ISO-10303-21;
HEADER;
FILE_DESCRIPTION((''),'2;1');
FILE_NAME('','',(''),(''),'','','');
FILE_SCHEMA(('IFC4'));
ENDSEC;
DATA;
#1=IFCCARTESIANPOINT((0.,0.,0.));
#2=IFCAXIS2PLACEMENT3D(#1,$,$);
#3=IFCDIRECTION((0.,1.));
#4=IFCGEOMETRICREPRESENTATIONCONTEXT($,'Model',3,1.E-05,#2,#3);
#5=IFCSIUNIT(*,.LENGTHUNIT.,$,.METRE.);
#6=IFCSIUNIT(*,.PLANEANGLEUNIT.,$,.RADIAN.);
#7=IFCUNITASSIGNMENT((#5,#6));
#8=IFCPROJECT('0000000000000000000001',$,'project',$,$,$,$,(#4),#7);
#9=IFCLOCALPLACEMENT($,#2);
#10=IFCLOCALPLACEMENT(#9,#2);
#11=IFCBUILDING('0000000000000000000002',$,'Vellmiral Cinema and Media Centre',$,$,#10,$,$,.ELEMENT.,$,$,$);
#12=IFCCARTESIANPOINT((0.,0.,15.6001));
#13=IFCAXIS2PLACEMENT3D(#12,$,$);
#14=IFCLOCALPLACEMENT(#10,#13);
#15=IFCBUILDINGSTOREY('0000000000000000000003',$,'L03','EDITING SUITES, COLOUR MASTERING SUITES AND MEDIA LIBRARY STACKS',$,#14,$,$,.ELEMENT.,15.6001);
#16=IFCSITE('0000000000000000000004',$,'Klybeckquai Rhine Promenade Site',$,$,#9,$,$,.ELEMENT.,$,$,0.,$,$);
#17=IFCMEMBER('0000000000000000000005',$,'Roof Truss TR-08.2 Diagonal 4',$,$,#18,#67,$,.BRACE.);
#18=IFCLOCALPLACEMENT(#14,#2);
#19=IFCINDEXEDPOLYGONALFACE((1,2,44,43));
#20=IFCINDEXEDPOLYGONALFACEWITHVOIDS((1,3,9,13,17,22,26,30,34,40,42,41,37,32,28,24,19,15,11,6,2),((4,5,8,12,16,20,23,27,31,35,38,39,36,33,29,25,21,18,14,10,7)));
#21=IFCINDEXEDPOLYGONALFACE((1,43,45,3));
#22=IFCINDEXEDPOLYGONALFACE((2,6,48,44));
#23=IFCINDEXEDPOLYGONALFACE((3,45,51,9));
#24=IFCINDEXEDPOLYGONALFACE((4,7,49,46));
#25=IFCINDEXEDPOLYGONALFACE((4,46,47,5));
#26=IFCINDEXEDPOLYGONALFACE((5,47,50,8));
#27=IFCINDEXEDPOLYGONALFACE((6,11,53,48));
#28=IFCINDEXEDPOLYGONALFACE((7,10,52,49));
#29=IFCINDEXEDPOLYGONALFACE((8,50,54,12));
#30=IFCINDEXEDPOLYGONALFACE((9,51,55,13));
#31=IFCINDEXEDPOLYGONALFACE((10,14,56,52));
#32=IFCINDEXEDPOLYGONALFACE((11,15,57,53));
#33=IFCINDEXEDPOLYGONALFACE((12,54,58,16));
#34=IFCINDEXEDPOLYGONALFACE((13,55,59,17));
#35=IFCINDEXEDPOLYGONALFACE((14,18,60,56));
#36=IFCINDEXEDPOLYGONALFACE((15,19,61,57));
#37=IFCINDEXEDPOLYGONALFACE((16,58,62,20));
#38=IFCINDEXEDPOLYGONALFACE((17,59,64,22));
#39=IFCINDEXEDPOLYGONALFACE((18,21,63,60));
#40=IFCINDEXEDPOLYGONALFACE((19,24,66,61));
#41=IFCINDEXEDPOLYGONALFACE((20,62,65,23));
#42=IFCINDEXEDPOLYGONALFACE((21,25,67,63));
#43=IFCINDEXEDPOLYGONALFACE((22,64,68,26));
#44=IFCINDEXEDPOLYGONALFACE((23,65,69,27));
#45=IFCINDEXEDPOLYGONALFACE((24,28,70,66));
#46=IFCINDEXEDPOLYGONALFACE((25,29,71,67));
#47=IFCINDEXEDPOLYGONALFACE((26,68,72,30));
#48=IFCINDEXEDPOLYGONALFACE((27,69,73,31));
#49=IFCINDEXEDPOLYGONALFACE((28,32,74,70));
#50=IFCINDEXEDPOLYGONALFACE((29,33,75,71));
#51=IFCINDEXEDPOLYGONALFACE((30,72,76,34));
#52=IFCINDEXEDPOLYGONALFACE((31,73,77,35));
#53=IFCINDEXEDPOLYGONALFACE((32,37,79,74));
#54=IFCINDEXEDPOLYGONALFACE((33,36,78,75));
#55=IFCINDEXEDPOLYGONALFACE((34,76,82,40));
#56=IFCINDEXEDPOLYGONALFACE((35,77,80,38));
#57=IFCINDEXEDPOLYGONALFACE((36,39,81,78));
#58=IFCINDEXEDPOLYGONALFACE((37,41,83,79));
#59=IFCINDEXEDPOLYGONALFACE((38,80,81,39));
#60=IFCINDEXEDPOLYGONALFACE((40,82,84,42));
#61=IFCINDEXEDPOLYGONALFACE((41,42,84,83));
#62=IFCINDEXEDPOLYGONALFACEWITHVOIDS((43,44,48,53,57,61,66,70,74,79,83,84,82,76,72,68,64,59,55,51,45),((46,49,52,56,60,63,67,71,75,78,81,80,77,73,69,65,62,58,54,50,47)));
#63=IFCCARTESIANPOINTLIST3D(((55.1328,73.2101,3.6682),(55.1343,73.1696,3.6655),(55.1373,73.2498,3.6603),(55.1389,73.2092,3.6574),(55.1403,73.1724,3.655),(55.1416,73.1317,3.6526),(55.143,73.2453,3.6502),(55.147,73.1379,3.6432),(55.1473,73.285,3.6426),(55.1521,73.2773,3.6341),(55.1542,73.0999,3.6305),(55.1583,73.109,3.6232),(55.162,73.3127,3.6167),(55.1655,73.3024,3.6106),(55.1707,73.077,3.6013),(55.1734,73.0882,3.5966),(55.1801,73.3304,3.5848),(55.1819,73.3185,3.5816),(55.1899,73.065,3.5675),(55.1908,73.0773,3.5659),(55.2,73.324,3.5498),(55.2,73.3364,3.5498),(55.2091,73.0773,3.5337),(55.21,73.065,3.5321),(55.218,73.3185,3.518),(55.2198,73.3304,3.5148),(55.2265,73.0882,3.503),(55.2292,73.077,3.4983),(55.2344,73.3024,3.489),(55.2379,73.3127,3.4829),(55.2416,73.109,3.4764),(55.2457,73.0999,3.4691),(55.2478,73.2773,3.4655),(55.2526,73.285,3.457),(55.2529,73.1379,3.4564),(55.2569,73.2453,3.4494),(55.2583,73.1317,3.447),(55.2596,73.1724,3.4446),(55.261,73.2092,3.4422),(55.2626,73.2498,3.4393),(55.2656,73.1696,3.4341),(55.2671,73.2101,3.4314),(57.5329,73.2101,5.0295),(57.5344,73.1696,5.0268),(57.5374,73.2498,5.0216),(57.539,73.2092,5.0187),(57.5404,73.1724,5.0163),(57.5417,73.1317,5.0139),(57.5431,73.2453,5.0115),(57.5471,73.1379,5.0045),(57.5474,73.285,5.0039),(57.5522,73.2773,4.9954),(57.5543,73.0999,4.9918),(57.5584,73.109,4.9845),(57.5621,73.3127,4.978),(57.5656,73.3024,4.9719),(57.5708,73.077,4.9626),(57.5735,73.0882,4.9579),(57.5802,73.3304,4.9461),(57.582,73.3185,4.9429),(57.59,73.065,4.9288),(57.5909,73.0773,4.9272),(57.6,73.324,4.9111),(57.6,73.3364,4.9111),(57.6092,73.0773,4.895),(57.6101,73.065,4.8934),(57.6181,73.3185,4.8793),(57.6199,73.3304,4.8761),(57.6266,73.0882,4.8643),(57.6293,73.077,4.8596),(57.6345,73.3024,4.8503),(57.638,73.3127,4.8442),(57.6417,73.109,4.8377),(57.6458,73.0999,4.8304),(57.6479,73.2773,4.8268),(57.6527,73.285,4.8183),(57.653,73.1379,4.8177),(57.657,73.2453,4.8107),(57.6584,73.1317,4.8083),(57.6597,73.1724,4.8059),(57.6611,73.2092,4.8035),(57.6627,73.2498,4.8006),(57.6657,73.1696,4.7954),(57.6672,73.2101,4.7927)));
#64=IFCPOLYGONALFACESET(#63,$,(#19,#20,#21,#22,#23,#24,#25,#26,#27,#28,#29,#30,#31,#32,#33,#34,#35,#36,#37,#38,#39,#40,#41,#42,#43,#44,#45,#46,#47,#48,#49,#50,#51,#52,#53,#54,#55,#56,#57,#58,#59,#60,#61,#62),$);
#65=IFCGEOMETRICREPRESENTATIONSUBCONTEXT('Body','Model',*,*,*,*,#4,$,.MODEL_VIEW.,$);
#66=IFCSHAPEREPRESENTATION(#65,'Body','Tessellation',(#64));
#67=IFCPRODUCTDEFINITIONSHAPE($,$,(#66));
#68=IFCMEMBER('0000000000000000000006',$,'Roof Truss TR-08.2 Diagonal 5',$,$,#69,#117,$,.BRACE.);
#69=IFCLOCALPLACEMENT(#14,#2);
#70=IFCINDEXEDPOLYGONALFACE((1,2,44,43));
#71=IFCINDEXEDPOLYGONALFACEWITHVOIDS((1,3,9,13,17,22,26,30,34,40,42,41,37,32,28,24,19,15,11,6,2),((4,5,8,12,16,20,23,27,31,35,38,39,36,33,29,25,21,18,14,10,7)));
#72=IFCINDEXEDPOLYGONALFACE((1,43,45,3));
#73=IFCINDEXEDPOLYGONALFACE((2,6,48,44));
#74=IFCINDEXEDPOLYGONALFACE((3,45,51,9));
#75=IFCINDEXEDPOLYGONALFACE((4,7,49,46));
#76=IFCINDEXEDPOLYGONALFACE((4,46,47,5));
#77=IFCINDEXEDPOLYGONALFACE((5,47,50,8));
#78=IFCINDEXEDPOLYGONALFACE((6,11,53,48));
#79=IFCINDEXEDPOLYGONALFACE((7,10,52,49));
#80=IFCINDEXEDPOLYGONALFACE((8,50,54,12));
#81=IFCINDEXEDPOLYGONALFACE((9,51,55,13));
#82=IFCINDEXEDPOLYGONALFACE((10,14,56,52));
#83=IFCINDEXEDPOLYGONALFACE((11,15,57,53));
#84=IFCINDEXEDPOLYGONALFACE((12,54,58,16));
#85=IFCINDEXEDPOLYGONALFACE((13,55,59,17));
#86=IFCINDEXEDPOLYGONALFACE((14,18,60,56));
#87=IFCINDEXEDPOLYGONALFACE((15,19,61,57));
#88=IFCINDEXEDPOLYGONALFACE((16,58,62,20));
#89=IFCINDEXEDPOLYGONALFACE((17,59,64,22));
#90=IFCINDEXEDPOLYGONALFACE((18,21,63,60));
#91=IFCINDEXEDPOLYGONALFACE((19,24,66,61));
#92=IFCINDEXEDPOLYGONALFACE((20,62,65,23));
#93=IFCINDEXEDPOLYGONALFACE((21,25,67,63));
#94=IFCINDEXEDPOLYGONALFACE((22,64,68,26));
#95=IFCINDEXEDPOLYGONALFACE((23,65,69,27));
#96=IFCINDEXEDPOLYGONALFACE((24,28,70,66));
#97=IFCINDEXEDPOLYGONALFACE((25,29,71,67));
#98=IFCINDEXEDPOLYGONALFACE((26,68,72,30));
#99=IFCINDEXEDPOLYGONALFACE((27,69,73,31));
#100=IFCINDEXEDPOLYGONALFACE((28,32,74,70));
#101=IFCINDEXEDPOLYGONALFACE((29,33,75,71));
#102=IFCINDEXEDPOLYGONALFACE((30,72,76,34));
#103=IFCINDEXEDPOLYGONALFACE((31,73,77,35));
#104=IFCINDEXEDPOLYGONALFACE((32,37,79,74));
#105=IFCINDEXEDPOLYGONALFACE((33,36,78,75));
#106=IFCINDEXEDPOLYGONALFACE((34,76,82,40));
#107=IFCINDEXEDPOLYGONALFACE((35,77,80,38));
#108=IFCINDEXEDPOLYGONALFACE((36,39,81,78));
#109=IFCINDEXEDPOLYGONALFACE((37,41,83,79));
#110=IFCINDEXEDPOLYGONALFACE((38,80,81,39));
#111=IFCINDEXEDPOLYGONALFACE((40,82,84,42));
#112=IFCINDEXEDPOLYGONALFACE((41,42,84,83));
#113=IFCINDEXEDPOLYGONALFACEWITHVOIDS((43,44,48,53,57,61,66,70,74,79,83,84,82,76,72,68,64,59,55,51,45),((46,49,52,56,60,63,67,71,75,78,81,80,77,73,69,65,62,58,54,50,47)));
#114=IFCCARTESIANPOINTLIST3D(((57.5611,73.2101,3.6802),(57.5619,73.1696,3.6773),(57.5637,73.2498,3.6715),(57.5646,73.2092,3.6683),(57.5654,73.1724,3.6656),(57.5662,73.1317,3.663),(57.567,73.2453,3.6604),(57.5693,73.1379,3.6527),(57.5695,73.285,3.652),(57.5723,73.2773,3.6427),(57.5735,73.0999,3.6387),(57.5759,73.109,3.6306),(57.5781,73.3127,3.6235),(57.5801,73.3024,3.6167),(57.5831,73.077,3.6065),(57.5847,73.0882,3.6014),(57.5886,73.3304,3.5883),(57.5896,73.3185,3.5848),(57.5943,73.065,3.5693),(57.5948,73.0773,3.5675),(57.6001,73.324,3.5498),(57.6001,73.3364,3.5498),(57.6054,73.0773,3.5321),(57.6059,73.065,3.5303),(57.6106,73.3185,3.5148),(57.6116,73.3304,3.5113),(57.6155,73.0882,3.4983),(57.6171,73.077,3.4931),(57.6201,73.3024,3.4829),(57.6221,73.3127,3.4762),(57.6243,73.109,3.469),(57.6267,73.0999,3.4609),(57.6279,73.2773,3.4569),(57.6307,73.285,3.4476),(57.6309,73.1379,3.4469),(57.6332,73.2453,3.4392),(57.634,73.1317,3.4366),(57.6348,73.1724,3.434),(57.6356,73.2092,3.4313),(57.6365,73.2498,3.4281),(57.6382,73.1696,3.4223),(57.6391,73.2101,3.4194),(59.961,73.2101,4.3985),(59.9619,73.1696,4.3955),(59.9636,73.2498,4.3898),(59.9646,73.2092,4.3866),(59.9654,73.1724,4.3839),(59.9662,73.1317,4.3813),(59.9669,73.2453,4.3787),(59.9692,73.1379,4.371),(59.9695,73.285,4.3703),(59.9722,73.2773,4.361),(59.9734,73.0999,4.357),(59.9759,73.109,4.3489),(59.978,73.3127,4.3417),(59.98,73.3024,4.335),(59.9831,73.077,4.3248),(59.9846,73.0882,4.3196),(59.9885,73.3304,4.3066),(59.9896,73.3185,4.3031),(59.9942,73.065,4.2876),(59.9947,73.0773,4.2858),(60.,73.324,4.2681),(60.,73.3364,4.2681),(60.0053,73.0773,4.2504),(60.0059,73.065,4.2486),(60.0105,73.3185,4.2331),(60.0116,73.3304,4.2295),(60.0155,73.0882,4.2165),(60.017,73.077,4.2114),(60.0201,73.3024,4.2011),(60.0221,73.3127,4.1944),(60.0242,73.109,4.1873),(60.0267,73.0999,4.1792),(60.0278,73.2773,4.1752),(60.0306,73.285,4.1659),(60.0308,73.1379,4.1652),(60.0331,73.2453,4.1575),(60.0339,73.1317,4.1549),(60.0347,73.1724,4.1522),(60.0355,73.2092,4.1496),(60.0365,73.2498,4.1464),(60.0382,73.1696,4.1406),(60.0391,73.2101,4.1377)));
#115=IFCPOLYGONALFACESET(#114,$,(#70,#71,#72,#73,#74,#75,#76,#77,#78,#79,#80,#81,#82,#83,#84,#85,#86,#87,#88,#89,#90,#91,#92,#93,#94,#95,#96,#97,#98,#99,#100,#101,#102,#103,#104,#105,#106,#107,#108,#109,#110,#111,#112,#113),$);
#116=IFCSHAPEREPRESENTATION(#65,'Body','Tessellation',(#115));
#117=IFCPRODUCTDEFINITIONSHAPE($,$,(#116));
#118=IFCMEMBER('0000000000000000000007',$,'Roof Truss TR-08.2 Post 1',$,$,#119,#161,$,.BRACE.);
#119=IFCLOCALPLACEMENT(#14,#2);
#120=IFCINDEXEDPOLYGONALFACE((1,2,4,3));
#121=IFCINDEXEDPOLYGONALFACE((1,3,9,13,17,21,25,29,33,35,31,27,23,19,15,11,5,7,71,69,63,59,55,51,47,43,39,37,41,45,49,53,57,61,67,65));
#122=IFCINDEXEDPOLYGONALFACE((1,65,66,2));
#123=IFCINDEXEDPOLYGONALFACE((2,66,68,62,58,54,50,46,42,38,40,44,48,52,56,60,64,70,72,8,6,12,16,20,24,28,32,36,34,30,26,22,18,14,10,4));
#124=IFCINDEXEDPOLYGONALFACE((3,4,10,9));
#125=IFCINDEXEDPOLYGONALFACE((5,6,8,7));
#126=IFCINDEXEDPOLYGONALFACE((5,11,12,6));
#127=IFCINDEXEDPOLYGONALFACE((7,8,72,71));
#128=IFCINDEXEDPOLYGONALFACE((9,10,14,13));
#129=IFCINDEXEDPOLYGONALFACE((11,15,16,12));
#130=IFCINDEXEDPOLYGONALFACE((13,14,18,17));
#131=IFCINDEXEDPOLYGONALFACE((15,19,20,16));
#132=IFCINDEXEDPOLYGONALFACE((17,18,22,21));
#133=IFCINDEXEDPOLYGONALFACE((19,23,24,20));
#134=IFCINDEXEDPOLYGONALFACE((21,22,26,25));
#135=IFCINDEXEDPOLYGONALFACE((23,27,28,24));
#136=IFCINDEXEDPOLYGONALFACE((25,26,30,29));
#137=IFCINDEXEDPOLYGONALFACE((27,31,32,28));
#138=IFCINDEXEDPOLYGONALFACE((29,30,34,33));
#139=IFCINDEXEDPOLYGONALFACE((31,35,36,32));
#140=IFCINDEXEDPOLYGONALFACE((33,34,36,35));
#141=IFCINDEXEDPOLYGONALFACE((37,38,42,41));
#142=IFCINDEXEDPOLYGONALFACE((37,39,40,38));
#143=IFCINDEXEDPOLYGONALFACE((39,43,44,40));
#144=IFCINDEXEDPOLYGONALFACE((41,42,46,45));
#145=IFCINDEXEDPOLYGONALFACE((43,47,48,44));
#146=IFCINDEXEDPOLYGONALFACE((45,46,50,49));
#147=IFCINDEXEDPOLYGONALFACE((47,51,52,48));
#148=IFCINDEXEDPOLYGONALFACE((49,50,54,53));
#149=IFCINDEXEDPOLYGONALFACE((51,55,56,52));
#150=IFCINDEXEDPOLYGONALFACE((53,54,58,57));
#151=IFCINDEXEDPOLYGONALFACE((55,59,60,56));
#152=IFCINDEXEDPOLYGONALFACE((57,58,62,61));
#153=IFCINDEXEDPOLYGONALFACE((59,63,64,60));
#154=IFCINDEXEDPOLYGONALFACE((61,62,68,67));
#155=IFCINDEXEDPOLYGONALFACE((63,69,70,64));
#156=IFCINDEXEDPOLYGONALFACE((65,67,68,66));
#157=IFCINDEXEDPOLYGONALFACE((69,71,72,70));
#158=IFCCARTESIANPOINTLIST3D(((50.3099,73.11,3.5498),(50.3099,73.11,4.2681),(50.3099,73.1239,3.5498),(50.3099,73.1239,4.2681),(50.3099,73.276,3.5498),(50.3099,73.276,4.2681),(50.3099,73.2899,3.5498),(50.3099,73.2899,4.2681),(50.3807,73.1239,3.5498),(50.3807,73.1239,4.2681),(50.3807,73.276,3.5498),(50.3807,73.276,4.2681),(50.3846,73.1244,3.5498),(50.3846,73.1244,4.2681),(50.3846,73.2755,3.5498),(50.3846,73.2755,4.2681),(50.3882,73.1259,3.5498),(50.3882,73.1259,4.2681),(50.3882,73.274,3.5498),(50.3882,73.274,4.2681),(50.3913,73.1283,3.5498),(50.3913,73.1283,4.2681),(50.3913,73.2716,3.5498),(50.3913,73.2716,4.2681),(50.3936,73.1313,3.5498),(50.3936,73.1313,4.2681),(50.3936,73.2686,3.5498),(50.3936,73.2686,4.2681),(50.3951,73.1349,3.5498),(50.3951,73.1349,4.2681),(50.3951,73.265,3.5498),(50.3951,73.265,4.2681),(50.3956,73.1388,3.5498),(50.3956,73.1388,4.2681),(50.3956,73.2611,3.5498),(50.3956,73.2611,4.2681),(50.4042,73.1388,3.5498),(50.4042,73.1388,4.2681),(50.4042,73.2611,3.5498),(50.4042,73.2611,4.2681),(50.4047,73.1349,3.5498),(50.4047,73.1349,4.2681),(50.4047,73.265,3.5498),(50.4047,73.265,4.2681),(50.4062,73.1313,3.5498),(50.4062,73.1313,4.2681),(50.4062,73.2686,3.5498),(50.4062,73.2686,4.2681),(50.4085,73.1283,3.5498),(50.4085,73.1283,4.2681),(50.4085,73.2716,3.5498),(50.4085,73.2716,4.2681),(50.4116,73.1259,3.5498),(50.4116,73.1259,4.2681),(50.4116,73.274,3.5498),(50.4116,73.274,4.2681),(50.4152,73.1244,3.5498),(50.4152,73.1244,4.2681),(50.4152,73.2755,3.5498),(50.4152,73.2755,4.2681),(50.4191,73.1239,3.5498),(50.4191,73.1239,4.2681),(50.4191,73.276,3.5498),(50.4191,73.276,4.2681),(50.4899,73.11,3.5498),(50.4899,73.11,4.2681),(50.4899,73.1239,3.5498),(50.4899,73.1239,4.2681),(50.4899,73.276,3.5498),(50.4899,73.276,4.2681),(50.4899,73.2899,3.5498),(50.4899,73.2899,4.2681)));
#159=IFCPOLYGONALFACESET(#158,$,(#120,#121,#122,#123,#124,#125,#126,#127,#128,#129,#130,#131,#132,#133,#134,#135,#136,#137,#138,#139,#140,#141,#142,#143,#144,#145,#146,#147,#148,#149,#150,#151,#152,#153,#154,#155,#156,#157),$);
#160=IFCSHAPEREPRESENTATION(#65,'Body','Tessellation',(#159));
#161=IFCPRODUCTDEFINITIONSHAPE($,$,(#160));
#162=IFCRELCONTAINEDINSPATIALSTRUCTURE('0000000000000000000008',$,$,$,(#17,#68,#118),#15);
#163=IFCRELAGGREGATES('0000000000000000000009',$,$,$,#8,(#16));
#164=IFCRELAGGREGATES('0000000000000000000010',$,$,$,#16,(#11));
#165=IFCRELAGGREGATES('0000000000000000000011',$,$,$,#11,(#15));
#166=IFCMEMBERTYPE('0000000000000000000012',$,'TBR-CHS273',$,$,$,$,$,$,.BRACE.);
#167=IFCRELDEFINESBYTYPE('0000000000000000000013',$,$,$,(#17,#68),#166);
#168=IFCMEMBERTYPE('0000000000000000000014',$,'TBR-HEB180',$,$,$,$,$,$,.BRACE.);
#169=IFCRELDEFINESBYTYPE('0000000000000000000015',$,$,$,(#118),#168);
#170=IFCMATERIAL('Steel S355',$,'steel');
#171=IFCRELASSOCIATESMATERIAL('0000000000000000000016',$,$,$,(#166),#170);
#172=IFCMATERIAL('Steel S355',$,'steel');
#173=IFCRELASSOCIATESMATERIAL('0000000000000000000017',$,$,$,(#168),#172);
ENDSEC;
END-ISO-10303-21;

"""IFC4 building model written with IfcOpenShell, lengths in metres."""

from ifc_helpers import new_model, si_unit, direction, frame, origin, origin_2d, place, context, subcontext, project, spatial, hollow_circle, i_section, extrude, material, material_profile, profile_set, type_object, element, save


model = new_model("IFC4")

# Units and contexts
model_context = context("Model", 3, precision=1e-05, world=origin(), true_north=direction((0.0, 1.0)))
body_context = subcontext(model_context, "Body", "Model", "MODEL_VIEW")
ifc_project = project(units=[si_unit("LENGTHUNIT", "METRE"), si_unit("PLANEANGLEUNIT", "RADIAN")], contexts=[model_context])

# Site, building, storey
site_placement = place(None, origin())
site = spatial("IfcSite", under=ifc_project, at=site_placement, Name="Klybeckquai Rhine Promenade Site", CompositionType="ELEMENT", RefElevation=0.0)
building_placement = place(site_placement, origin())
building = spatial("IfcBuilding", under=site, at=building_placement, Name="Vellmiral Cinema and Media Centre", CompositionType="ELEMENT")
storey_placement = place(building_placement, frame((0.0, 0.0, 15.6001)))
storey = spatial("IfcBuildingStorey", under=building, at=storey_placement, Name="L03", Description="EDITING SUITES, COLOUR MASTERING SUITES AND MEDIA LIBRARY STACKS", CompositionType="ELEMENT", Elevation=15.6001)

# Members
ifc_material_1 = material(Name="Steel S355", Category="steel")
ifc_material_profile_1 = material_profile(ifc_material_1, hollow_circle(Radius=0.1365, WallThickness=0.0125, at=origin_2d()), Name="CHS 273.0x12.5")
ifc_profile_set_1 = profile_set([ifc_material_profile_1], Name="Steel S355")
member_type_1 = type_object("IfcMemberType", Name="TBR-CHS273", PredefinedType="BRACE", material=ifc_profile_set_1)
member_1_placement = place(storey_placement, frame((55.2, 73.2, 3.5498), z_axis=(0.869829, 0.0, 0.493354), x_axis=(0.0, 1.0, 0.0)))
element("IfcMember", 1, at=member_1_placement, inside=storey, type_object=member_type_1, Name="Roof Truss TR-08.2 Diagonal 4", PredefinedType="BRACE", context=body_context, shape_type="SweptSolid", body=[
    extrude(hollow_circle(Radius=0.1365, WallThickness=0.0125, at=origin_2d()), origin(), (0.0, 0.0, 1.0), 2.7593),
])
member_2_placement = place(storey_placement, frame((57.6001, 73.2, 3.5498), z_axis=(0.958014, 0.0, 0.286722), x_axis=(0.0, 1.0, 0.0)))
element("IfcMember", 2, at=member_2_placement, inside=storey, type_object=member_type_1, Name="Roof Truss TR-08.2 Diagonal 5", PredefinedType="BRACE", context=body_context, shape_type="SweptSolid", body=[
    extrude(hollow_circle(Radius=0.1365, WallThickness=0.0125, at=origin_2d()), origin(), (0.0, 0.0, 1.0), 2.5051),
])
ifc_material_2 = material(Name="Steel S355", Category="steel")
ifc_material_profile_2 = material_profile(ifc_material_2, i_section(OverallWidth=0.1799, OverallDepth=0.1799, WebThickness=0.0085, FlangeThickness=0.0139, FilletRadius=0.0149, at=origin_2d()), Name="HEB 180")
ifc_profile_set_2 = profile_set([ifc_material_profile_2], Name="Steel S355")
member_type_2 = type_object("IfcMemberType", Name="TBR-HEB180", PredefinedType="BRACE", material=ifc_profile_set_2)
member_3_placement = place(storey_placement, frame((50.3999, 73.2, 3.5498), z_axis=(0.0, 0.0, 1.0), x_axis=(1.0, 0.0, 0.0)))
element("IfcMember", 3, at=member_3_placement, inside=storey, type_object=member_type_2, Name="Roof Truss TR-08.2 Post 1", PredefinedType="BRACE", context=body_context, shape_type="SweptSolid", body=[
    extrude(i_section(OverallWidth=0.1799, OverallDepth=0.1799, WebThickness=0.0085, FlangeThickness=0.0139, FilletRadius=0.0149, at=origin_2d()), origin(), (0.0, 0.0, 1.0), 0.7183),
])

save(model, "model.ifc")
